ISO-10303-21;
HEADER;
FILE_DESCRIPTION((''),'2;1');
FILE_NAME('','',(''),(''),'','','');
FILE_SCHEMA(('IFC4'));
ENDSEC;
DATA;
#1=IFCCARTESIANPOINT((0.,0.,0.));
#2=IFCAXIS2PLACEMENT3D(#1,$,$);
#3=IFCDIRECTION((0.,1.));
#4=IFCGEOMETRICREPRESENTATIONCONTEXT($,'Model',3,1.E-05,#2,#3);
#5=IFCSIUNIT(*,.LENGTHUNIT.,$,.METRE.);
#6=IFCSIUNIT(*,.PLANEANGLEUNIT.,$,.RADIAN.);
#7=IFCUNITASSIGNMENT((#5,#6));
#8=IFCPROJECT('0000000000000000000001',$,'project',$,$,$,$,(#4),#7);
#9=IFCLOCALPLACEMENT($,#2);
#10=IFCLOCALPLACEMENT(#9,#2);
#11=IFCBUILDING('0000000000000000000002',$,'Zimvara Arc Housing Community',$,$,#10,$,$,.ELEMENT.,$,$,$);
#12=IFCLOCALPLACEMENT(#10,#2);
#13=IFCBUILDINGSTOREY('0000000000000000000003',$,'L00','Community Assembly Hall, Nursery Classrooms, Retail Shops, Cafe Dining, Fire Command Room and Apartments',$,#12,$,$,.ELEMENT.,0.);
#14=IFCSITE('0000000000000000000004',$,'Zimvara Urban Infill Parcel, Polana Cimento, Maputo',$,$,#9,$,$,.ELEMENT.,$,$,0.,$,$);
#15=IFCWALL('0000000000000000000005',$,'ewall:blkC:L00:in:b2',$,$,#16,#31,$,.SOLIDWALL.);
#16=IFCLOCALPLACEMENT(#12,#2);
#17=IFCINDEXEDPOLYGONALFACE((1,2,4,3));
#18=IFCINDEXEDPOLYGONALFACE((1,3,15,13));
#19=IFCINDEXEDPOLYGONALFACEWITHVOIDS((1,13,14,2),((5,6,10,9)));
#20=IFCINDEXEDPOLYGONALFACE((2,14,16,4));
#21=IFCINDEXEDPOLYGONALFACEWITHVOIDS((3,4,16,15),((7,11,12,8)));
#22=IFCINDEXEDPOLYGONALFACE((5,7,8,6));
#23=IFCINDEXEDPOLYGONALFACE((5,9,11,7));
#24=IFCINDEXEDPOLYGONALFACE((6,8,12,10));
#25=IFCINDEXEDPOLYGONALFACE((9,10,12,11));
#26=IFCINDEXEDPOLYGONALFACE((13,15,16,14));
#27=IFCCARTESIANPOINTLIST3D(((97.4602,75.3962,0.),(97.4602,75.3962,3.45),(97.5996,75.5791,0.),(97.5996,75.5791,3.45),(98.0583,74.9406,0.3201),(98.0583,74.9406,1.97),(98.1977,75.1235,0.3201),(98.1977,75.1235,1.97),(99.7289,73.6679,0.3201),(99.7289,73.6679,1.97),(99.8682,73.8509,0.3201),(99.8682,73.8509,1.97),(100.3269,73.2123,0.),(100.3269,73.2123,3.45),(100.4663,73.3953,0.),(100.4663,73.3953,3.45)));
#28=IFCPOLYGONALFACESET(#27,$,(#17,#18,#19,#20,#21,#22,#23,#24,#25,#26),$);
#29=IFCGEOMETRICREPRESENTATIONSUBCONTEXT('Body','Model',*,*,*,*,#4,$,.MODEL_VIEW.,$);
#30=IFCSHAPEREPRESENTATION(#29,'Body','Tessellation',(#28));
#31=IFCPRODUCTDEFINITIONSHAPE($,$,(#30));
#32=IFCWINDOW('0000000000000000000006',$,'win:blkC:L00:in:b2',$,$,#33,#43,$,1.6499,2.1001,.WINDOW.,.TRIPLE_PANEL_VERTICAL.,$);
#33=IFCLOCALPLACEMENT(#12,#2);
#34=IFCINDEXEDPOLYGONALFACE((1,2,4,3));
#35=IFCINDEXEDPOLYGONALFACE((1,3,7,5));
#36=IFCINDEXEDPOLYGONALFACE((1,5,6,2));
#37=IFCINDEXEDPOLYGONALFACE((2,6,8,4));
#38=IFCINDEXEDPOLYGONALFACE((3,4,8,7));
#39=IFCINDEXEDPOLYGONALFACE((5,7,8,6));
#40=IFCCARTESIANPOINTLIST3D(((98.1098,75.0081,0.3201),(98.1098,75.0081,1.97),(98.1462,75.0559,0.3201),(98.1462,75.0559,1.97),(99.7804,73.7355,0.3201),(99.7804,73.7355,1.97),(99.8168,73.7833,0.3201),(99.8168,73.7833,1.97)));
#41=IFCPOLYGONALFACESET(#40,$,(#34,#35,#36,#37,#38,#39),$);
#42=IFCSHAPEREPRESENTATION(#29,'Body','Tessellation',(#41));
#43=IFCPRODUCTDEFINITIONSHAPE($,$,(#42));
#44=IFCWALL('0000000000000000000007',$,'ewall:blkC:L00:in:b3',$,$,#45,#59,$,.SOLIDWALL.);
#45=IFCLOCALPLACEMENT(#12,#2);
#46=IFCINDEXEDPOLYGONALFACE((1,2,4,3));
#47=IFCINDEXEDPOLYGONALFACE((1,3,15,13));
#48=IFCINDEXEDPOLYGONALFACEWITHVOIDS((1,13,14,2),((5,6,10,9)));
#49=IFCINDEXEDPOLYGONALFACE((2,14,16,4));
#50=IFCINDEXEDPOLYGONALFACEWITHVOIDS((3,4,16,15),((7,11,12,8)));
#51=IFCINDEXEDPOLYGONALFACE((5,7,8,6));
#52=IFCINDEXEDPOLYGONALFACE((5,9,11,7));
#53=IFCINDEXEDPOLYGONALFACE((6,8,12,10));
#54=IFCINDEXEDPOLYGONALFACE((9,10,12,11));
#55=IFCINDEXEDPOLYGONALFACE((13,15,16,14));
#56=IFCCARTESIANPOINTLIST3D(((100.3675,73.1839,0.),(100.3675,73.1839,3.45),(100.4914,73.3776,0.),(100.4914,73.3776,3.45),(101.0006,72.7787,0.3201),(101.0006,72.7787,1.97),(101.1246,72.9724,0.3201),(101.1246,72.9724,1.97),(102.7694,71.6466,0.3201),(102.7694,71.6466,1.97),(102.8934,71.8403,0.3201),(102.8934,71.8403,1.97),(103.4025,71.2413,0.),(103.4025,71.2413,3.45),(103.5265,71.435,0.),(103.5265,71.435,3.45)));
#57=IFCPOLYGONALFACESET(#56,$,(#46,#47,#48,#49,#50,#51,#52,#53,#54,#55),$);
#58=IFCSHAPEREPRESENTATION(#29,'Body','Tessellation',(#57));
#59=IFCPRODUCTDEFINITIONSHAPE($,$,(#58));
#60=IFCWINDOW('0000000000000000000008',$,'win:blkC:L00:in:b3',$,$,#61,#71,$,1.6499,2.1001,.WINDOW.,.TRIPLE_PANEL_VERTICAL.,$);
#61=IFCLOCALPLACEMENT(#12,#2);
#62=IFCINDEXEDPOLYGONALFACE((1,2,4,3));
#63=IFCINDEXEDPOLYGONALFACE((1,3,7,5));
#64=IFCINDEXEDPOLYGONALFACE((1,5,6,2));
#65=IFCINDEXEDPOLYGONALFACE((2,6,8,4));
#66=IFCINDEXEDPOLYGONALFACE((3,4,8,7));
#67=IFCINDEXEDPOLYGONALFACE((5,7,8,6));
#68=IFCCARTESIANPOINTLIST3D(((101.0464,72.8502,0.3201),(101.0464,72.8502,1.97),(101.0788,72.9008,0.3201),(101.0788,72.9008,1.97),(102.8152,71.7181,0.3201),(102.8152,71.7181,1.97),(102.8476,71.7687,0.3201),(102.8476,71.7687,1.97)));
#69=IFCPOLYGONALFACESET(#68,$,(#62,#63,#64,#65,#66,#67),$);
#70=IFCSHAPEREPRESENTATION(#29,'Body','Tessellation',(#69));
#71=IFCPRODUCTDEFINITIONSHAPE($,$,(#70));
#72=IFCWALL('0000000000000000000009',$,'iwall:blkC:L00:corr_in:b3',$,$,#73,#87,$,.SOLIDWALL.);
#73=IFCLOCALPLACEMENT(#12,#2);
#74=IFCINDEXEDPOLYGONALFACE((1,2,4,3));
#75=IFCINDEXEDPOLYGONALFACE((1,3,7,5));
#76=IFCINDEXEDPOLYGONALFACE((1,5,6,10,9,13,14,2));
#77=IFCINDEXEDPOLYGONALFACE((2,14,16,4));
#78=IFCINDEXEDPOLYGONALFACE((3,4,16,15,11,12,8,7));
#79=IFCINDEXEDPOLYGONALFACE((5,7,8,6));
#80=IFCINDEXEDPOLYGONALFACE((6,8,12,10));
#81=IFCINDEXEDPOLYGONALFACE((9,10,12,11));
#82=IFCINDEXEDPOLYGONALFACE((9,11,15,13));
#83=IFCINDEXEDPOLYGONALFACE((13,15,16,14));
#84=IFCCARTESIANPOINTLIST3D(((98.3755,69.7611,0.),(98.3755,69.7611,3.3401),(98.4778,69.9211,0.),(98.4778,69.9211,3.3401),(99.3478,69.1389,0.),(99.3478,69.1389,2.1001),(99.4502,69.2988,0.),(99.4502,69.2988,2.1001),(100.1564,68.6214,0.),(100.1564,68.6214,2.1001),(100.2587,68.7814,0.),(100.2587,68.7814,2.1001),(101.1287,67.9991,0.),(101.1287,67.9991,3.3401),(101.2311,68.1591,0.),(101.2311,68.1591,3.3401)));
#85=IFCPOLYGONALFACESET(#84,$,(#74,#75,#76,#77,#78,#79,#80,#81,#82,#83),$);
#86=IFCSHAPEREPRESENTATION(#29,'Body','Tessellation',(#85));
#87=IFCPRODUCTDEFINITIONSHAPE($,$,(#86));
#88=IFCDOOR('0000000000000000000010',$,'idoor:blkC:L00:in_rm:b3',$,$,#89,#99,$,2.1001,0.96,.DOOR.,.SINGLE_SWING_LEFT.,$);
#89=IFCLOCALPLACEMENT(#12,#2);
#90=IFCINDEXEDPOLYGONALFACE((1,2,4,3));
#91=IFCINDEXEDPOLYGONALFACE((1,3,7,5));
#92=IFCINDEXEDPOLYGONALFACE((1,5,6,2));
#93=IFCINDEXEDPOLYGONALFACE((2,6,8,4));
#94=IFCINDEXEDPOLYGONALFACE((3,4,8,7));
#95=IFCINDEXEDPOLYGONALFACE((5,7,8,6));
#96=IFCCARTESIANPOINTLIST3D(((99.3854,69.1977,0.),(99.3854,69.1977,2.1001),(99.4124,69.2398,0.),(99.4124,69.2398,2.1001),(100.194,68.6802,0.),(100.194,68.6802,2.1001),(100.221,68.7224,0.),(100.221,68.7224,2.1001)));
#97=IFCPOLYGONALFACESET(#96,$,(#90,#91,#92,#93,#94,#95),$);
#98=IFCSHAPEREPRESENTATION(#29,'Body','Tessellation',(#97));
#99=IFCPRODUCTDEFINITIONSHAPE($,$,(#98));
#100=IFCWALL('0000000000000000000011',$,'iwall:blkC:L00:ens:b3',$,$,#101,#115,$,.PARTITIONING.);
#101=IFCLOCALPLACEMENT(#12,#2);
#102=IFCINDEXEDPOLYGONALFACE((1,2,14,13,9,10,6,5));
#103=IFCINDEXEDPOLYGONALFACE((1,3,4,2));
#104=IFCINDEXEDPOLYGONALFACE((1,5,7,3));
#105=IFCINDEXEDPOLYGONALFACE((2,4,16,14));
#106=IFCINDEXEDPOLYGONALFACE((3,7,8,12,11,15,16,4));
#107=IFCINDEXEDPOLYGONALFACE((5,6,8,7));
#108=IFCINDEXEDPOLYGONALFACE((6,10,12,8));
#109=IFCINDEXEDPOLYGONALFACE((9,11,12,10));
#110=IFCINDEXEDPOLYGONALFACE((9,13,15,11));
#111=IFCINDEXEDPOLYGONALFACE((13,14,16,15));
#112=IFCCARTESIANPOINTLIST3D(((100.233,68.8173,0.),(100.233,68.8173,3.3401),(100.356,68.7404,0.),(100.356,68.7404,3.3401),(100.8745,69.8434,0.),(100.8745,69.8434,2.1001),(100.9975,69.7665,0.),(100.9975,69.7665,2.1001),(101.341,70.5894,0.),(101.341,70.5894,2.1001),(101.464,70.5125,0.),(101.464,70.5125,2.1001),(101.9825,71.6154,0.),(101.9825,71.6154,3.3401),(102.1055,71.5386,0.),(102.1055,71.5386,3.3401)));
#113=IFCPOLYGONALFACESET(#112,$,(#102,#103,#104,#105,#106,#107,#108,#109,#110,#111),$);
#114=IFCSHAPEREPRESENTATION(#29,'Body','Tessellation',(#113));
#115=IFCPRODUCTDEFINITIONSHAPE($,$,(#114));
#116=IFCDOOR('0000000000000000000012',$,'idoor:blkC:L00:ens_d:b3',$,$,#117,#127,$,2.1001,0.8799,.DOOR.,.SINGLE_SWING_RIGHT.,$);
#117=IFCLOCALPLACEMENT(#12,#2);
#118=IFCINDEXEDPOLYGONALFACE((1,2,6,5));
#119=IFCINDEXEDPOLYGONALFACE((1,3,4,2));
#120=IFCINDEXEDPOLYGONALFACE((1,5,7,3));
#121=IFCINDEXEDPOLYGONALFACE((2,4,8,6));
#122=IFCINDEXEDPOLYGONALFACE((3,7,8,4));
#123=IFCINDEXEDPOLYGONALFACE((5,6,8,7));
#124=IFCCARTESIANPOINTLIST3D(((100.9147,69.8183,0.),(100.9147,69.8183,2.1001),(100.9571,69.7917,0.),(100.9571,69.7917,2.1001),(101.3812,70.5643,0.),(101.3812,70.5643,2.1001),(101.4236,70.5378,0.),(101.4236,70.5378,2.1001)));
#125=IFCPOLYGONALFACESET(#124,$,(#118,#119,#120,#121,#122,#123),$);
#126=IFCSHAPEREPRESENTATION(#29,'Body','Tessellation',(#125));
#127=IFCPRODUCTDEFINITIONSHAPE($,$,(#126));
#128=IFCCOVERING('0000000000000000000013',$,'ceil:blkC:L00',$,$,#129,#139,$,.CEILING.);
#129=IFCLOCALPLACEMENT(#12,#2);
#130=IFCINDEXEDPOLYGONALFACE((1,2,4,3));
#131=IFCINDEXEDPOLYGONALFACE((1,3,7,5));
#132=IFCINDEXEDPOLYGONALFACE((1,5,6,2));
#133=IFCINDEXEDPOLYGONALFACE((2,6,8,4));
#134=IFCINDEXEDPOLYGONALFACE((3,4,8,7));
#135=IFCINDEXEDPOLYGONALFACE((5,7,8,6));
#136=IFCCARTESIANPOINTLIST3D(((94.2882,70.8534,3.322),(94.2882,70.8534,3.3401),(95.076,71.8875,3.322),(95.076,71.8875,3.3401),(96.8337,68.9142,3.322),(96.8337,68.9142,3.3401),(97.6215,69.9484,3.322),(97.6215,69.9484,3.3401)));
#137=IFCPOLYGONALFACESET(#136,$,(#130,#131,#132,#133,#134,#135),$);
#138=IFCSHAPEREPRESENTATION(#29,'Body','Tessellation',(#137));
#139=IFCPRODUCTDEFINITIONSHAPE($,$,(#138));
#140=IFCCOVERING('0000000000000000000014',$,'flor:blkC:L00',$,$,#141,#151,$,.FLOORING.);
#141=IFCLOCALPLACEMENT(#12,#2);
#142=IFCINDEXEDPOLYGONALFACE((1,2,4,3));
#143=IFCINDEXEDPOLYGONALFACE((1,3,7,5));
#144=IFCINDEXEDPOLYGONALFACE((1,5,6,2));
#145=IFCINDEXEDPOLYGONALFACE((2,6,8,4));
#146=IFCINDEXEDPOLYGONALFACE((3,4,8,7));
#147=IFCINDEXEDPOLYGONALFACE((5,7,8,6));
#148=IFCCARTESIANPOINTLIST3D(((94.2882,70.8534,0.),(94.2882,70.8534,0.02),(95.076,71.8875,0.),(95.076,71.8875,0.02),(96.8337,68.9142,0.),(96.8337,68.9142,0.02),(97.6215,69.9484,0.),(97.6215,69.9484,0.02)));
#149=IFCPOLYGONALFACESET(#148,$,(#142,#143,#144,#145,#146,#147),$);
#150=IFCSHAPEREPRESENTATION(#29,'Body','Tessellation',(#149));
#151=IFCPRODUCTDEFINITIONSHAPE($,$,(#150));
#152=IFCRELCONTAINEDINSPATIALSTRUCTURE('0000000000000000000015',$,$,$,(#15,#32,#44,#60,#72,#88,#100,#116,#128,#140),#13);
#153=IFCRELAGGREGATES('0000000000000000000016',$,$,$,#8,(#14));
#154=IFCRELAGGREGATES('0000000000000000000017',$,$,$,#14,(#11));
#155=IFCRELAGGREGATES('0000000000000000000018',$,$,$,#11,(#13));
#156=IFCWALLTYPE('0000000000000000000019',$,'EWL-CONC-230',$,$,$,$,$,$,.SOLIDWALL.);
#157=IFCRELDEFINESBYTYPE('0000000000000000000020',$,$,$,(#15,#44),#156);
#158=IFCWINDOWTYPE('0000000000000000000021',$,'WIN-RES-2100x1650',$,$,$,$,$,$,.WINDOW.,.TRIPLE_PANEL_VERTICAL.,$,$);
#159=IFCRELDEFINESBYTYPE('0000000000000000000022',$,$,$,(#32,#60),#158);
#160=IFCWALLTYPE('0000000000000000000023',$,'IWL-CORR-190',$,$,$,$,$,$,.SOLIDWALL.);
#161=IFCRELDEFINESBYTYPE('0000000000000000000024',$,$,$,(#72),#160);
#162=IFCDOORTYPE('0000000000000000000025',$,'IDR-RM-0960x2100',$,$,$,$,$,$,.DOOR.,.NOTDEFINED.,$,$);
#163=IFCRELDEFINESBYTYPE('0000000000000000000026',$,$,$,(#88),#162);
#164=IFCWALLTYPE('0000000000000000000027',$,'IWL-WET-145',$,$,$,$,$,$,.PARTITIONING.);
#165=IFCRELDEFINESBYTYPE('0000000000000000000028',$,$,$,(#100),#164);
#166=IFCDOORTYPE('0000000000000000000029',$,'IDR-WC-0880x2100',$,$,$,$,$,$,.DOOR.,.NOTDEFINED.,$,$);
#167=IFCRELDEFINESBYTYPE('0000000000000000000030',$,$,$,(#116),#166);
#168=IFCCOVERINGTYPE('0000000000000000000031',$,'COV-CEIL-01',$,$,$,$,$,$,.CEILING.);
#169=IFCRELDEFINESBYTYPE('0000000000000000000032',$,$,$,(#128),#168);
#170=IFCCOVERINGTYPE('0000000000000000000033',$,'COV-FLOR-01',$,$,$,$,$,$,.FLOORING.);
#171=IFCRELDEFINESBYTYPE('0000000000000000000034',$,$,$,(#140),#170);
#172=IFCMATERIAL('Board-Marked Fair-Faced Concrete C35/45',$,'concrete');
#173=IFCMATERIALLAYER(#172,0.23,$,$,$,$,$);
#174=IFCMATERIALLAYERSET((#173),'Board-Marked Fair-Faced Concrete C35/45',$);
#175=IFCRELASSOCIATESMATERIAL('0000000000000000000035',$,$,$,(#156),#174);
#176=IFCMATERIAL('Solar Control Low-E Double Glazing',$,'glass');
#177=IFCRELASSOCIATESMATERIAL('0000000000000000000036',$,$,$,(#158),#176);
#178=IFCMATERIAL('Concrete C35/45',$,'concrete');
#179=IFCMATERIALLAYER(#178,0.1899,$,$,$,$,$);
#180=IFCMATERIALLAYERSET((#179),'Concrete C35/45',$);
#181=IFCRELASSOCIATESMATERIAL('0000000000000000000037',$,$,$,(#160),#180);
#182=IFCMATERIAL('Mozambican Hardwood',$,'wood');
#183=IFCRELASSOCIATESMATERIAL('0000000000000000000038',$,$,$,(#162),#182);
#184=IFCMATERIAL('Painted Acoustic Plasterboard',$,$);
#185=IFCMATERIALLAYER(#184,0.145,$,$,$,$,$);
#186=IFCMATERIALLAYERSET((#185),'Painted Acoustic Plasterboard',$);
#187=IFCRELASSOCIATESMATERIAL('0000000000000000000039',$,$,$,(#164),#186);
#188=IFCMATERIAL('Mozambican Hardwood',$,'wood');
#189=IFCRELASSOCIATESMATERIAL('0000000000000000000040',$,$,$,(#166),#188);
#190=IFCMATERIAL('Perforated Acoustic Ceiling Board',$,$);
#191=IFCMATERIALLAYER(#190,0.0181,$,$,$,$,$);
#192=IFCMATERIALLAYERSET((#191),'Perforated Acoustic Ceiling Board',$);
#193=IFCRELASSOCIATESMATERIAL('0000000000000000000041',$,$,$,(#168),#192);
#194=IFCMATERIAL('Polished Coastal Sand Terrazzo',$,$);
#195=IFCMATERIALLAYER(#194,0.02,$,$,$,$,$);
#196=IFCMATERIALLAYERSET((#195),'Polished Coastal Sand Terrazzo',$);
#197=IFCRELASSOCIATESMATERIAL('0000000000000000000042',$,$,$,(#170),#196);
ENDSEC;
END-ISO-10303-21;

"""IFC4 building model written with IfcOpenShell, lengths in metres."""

from ifc_helpers import new_model, si_unit, direction, frame, frame_2d, origin, origin_2d, place, context, subcontext, project, spatial, rectangle, extrude, material, layer, layer_set, type_object, element, fill, save


model = new_model("IFC4")

# Units and contexts
model_context = context("Model", 3, precision=1e-05, world=origin(), true_north=direction((0.0, 1.0)))
body_context = subcontext(model_context, "Body", "Model", "MODEL_VIEW")
ifc_project = project(units=[si_unit("LENGTHUNIT", "METRE"), si_unit("PLANEANGLEUNIT", "RADIAN")], contexts=[model_context])

# Site, building, storey
site_placement = place(None, origin())
site = spatial("IfcSite", under=ifc_project, at=site_placement, Name="Zimvara Urban Infill Parcel, Polana Cimento, Maputo", CompositionType="ELEMENT", RefElevation=0.0)
building_placement = place(site_placement, origin())
building = spatial("IfcBuilding", under=site, at=building_placement, Name="Zimvara Arc Housing Community", CompositionType="ELEMENT")
storey_placement = place(building_placement, origin())
storey = spatial("IfcBuildingStorey", under=building, at=storey_placement, Name="L00", Description="Community Assembly Hall, Nursery Classrooms, Retail Shops, Cafe Dining, Fire Command Room and Apartments", CompositionType="ELEMENT", Elevation=0.0)

# Walls, openings, windows
ifc_material_1 = material(Name="Board-Marked Fair-Faced Concrete C35/45", Category="concrete")
ifc_layer_1 = layer(ifc_material_1, 0.23)
ifc_layer_set_1 = layer_set([ifc_layer_1], Name="Board-Marked Fair-Faced Concrete C35/45")
wall_type_1 = type_object("IfcWallType", Name="EWL-CONC-230", PredefinedType="SOLIDWALL", material=ifc_layer_set_1)
wall_1_placement = place(storey_placement, frame((97.53, 75.4875, 0.0), z_axis=(0.0, 0.0, 1.0), x_axis=(0.795474, -0.605988, 0.0)))
wall_1 = element("IfcWall", 1, at=wall_1_placement, inside=storey, type_object=wall_type_1, Name="ewall:blkC:L00:in:b2", PredefinedType="SOLIDWALL", context=body_context, shape_type="SweptSolid", body=[
    extrude(rectangle(XDim=3.6038, YDim=0.23, at=frame_2d((1.8018, 0.0))), origin(), (0.0, 0.0, 1.0), 3.45),
])
opening_1_placement = place(wall_1_placement, frame((0.7517, 0.0, 0.3201)))
opening_1 = element("IfcOpeningElement", 2, at=opening_1_placement, cuts=wall_1, PredefinedType="OPENING", context=body_context, shape_type="SweptSolid", body=[
    extrude(rectangle(XDim=2.1001, YDim=1.6499, at=frame_2d((1.05, 0.825))), frame((0.0, 0.125, 0.0), z_axis=(0.0, -1.0, 0.0), x_axis=(1.0, 0.0, 0.0)), (0.0, 0.0, 1.0), 0.25),
])
ifc_material_2 = material(Name="Solar Control Low-E Double Glazing", Category="glass")
window_type = type_object("IfcWindowType", Name="WIN-RES-2100x1650", PartitioningType="TRIPLE_PANEL_VERTICAL", PredefinedType="WINDOW", material=ifc_material_2)
window_1_placement = place(opening_1_placement, origin())
window_1 = element("IfcWindow", 3, at=window_1_placement, inside=storey, type_object=window_type, Name="win:blkC:L00:in:b2", OverallHeight=1.6499, OverallWidth=2.1001, PartitioningType="TRIPLE_PANEL_VERTICAL", PredefinedType="WINDOW", context=body_context, shape_type="SweptSolid", body=[
    extrude(rectangle(XDim=2.1001, YDim=1.6499, at=frame_2d((1.05, 0.825))), frame((0.0, 0.03, 0.0), z_axis=(0.0, -1.0, 0.0), x_axis=(1.0, 0.0, 0.0)), (0.0, 0.0, 1.0), 0.0601),
])
fill(opening_1, window_1)
wall_2_placement = place(storey_placement, frame((100.4294, 73.2808, 0.0), z_axis=(0.0, 0.0, 1.0), x_axis=(0.842255, -0.539079, 0.0)))
wall_2 = element("IfcWall", 4, at=wall_2_placement, inside=storey, type_object=wall_type_1, Name="ewall:blkC:L00:in:b3", PredefinedType="SOLIDWALL", context=body_context, shape_type="SweptSolid", body=[
    extrude(rectangle(XDim=3.6035, YDim=0.23, at=frame_2d((1.8018, 0.0))), origin(), (0.0, 0.0, 1.0), 3.45),
])
opening_2_placement = place(wall_2_placement, frame((0.7517, 0.0, 0.3201)))
opening_2 = element("IfcOpeningElement", 5, at=opening_2_placement, cuts=wall_2, PredefinedType="OPENING", context=body_context, shape_type="SweptSolid", body=[
    extrude(rectangle(XDim=2.1001, YDim=1.6499, at=frame_2d((1.05, 0.825))), frame((0.0, 0.125, 0.0), z_axis=(0.0, -1.0, 0.0), x_axis=(1.0, 0.0, 0.0)), (0.0, 0.0, 1.0), 0.25),
])
window_2_placement = place(opening_2_placement, origin())
window_2 = element("IfcWindow", 6, at=window_2_placement, inside=storey, type_object=window_type, Name="win:blkC:L00:in:b3", OverallHeight=1.6499, OverallWidth=2.1001, PartitioningType="TRIPLE_PANEL_VERTICAL", PredefinedType="WINDOW", context=body_context, shape_type="SweptSolid", body=[
    extrude(rectangle(XDim=2.1001, YDim=1.6499, at=frame_2d((1.05, 0.825))), frame((0.0, 0.03, 0.0), z_axis=(0.0, -1.0, 0.0), x_axis=(1.0, 0.0, 0.0)), (0.0, 0.0, 1.0), 0.0601),
])
fill(opening_2, window_2)

# Walls, openings, doors
ifc_material_3 = material(Name="Concrete C35/45", Category="concrete")
ifc_layer_2 = layer(ifc_material_3, 0.1899)
ifc_layer_set_2 = layer_set([ifc_layer_2], Name="Concrete C35/45")
wall_type_2 = type_object("IfcWallType", Name="IWL-CORR-190", PredefinedType="SOLIDWALL", material=ifc_layer_set_2)
wall_3_placement = place(storey_placement, frame((98.4268, 69.8411, 0.0), z_axis=(0.0, 0.0, 1.0), x_axis=(0.842281, -0.539039, 0.0)))
wall_3 = element("IfcWall", 7, at=wall_3_placement, inside=storey, type_object=wall_type_2, Name="iwall:blkC:L00:corr_in:b3", PredefinedType="SOLIDWALL", context=body_context, shape_type="SweptSolid", body=[
    extrude(rectangle(XDim=3.2688, YDim=0.1899, at=frame_2d((1.6343, 0.0))), origin(), (0.0, 0.0, 1.0), 3.3401),
])
opening_3_placement = place(wall_3_placement, frame((1.1543, 0.0, 0.0)))
opening_3 = element("IfcOpeningElement", 8, at=opening_3_placement, cuts=wall_3, PredefinedType="OPENING", context=body_context, shape_type="SweptSolid", body=[
    extrude(rectangle(XDim=0.96, YDim=2.1001, at=frame_2d((0.48, 1.05))), frame((0.0, 0.105, 0.0), z_axis=(0.0, -1.0, 0.0), x_axis=(1.0, 0.0, 0.0)), (0.0, 0.0, 1.0), 0.21),
])
ifc_material_4 = material(Name="Mozambican Hardwood", Category="wood")
door_type_1 = type_object("IfcDoorType", Name="IDR-RM-0960x2100", OperationType="NOTDEFINED", PredefinedType="DOOR", material=ifc_material_4)
door_1_placement = place(opening_3_placement, origin())
door_1 = element("IfcDoor", 9, at=door_1_placement, inside=storey, type_object=door_type_1, Name="idoor:blkC:L00:in_rm:b3", OperationType="SINGLE_SWING_LEFT", OverallHeight=2.1001, OverallWidth=0.96, PredefinedType="DOOR", context=body_context, shape_type="SweptSolid", body=[
    extrude(rectangle(XDim=0.96, YDim=2.1001, at=frame_2d((0.48, 1.05))), frame((0.0, 0.0249, 0.0), z_axis=(0.0, -1.0, 0.0), x_axis=(1.0, 0.0, 0.0)), (0.0, 0.0, 1.0), 0.05),
])
fill(opening_3, door_1)
ifc_material_5 = material(Name="Painted Acoustic Plasterboard")
ifc_layer_3 = layer(ifc_material_5, 0.145)
ifc_layer_set_3 = layer_set([ifc_layer_3], Name="Painted Acoustic Plasterboard")
wall_type_3 = type_object("IfcWallType", Name="IWL-WET-145", PredefinedType="PARTITIONING", material=ifc_layer_set_3)
wall_4_placement = place(storey_placement, frame((102.0439, 71.5769, 0.0), z_axis=(0.0, 0.0, 1.0), x_axis=(-0.530152, -0.847903, 0.0)))
wall_4 = element("IfcWall", 10, at=wall_4_placement, inside=storey, type_object=wall_type_3, Name="iwall:blkC:L00:ens:b3", PredefinedType="PARTITIONING", context=body_context, shape_type="SweptSolid", body=[
    extrude(rectangle(XDim=3.3, YDim=0.145, at=frame_2d((1.6499, 0.0))), origin(), (0.0, 0.0, 1.0), 3.3401),
])
opening_4_placement = place(wall_4_placement, frame((1.21, 0.0, 0.0)))
opening_4 = element("IfcOpeningElement", 11, at=opening_4_placement, cuts=wall_4, PredefinedType="OPENING", context=body_context, shape_type="SweptSolid", body=[
    extrude(rectangle(XDim=0.8799, YDim=2.1001, at=frame_2d((0.4399, 1.05))), frame((0.0, 0.0825, 0.0), z_axis=(0.0, -1.0, 0.0), x_axis=(1.0, 0.0, 0.0)), (0.0, 0.0, 1.0), 0.165),
])
ifc_material_6 = material(Name="Mozambican Hardwood", Category="wood")
door_type_2 = type_object("IfcDoorType", Name="IDR-WC-0880x2100", OperationType="NOTDEFINED", PredefinedType="DOOR", material=ifc_material_6)
door_2_placement = place(opening_4_placement, origin())
door_2 = element("IfcDoor", 12, at=door_2_placement, inside=storey, type_object=door_type_2, Name="idoor:blkC:L00:ens_d:b3", OperationType="SINGLE_SWING_RIGHT", OverallHeight=2.1001, OverallWidth=0.8799, PredefinedType="DOOR", context=body_context, shape_type="SweptSolid", body=[
    extrude(rectangle(XDim=0.8799, YDim=2.1001, at=frame_2d((0.4399, 1.05))), frame((0.0, 0.0249, 0.0), z_axis=(0.0, -1.0, 0.0), x_axis=(1.0, 0.0, 0.0)), (0.0, 0.0, 1.0), 0.05),
])
fill(opening_4, door_2)

# Coverings
ifc_material_7 = material(Name="Perforated Acoustic Ceiling Board")
ifc_layer_4 = layer(ifc_material_7, 0.0181)
ifc_layer_set_4 = layer_set([ifc_layer_4], Name="Perforated Acoustic Ceiling Board")
covering_type_1 = type_object("IfcCoveringType", Name="COV-CEIL-01", PredefinedType="CEILING", material=ifc_layer_set_4)
covering_1_placement = place(storey_placement, frame((95.9548, 70.4009, 3.322), z_axis=(0.0, 0.0, 1.0), x_axis=(-0.605988, -0.795473, 0.0)))
element("IfcCovering", 13, at=covering_1_placement, inside=storey, type_object=covering_type_1, Name="ceil:blkC:L00", PredefinedType="CEILING", context=body_context, shape_type="SweptSolid", body=[
    extrude(rectangle(XDim=1.3, YDim=3.2, at=origin_2d()), origin(), (0.0, 0.0, 1.0), 0.0181),
])
ifc_material_8 = material(Name="Polished Coastal Sand Terrazzo")
ifc_layer_5 = layer(ifc_material_8, 0.02)
ifc_layer_set_5 = layer_set([ifc_layer_5], Name="Polished Coastal Sand Terrazzo")
covering_type_2 = type_object("IfcCoveringType", Name="COV-FLOR-01", PredefinedType="FLOORING", material=ifc_layer_set_5)
covering_2_placement = place(storey_placement, frame((95.9548, 70.4009, 0.0), z_axis=(0.0, 0.0, 1.0), x_axis=(-0.605988, -0.795473, 0.0)))
element("IfcCovering", 14, at=covering_2_placement, inside=storey, type_object=covering_type_2, Name="flor:blkC:L00", PredefinedType="FLOORING", context=body_context, shape_type="SweptSolid", body=[
    extrude(rectangle(XDim=1.3, YDim=3.2, at=origin_2d()), origin(), (0.0, 0.0, 1.0), 0.02),
])

save(model, "model.ifc")
